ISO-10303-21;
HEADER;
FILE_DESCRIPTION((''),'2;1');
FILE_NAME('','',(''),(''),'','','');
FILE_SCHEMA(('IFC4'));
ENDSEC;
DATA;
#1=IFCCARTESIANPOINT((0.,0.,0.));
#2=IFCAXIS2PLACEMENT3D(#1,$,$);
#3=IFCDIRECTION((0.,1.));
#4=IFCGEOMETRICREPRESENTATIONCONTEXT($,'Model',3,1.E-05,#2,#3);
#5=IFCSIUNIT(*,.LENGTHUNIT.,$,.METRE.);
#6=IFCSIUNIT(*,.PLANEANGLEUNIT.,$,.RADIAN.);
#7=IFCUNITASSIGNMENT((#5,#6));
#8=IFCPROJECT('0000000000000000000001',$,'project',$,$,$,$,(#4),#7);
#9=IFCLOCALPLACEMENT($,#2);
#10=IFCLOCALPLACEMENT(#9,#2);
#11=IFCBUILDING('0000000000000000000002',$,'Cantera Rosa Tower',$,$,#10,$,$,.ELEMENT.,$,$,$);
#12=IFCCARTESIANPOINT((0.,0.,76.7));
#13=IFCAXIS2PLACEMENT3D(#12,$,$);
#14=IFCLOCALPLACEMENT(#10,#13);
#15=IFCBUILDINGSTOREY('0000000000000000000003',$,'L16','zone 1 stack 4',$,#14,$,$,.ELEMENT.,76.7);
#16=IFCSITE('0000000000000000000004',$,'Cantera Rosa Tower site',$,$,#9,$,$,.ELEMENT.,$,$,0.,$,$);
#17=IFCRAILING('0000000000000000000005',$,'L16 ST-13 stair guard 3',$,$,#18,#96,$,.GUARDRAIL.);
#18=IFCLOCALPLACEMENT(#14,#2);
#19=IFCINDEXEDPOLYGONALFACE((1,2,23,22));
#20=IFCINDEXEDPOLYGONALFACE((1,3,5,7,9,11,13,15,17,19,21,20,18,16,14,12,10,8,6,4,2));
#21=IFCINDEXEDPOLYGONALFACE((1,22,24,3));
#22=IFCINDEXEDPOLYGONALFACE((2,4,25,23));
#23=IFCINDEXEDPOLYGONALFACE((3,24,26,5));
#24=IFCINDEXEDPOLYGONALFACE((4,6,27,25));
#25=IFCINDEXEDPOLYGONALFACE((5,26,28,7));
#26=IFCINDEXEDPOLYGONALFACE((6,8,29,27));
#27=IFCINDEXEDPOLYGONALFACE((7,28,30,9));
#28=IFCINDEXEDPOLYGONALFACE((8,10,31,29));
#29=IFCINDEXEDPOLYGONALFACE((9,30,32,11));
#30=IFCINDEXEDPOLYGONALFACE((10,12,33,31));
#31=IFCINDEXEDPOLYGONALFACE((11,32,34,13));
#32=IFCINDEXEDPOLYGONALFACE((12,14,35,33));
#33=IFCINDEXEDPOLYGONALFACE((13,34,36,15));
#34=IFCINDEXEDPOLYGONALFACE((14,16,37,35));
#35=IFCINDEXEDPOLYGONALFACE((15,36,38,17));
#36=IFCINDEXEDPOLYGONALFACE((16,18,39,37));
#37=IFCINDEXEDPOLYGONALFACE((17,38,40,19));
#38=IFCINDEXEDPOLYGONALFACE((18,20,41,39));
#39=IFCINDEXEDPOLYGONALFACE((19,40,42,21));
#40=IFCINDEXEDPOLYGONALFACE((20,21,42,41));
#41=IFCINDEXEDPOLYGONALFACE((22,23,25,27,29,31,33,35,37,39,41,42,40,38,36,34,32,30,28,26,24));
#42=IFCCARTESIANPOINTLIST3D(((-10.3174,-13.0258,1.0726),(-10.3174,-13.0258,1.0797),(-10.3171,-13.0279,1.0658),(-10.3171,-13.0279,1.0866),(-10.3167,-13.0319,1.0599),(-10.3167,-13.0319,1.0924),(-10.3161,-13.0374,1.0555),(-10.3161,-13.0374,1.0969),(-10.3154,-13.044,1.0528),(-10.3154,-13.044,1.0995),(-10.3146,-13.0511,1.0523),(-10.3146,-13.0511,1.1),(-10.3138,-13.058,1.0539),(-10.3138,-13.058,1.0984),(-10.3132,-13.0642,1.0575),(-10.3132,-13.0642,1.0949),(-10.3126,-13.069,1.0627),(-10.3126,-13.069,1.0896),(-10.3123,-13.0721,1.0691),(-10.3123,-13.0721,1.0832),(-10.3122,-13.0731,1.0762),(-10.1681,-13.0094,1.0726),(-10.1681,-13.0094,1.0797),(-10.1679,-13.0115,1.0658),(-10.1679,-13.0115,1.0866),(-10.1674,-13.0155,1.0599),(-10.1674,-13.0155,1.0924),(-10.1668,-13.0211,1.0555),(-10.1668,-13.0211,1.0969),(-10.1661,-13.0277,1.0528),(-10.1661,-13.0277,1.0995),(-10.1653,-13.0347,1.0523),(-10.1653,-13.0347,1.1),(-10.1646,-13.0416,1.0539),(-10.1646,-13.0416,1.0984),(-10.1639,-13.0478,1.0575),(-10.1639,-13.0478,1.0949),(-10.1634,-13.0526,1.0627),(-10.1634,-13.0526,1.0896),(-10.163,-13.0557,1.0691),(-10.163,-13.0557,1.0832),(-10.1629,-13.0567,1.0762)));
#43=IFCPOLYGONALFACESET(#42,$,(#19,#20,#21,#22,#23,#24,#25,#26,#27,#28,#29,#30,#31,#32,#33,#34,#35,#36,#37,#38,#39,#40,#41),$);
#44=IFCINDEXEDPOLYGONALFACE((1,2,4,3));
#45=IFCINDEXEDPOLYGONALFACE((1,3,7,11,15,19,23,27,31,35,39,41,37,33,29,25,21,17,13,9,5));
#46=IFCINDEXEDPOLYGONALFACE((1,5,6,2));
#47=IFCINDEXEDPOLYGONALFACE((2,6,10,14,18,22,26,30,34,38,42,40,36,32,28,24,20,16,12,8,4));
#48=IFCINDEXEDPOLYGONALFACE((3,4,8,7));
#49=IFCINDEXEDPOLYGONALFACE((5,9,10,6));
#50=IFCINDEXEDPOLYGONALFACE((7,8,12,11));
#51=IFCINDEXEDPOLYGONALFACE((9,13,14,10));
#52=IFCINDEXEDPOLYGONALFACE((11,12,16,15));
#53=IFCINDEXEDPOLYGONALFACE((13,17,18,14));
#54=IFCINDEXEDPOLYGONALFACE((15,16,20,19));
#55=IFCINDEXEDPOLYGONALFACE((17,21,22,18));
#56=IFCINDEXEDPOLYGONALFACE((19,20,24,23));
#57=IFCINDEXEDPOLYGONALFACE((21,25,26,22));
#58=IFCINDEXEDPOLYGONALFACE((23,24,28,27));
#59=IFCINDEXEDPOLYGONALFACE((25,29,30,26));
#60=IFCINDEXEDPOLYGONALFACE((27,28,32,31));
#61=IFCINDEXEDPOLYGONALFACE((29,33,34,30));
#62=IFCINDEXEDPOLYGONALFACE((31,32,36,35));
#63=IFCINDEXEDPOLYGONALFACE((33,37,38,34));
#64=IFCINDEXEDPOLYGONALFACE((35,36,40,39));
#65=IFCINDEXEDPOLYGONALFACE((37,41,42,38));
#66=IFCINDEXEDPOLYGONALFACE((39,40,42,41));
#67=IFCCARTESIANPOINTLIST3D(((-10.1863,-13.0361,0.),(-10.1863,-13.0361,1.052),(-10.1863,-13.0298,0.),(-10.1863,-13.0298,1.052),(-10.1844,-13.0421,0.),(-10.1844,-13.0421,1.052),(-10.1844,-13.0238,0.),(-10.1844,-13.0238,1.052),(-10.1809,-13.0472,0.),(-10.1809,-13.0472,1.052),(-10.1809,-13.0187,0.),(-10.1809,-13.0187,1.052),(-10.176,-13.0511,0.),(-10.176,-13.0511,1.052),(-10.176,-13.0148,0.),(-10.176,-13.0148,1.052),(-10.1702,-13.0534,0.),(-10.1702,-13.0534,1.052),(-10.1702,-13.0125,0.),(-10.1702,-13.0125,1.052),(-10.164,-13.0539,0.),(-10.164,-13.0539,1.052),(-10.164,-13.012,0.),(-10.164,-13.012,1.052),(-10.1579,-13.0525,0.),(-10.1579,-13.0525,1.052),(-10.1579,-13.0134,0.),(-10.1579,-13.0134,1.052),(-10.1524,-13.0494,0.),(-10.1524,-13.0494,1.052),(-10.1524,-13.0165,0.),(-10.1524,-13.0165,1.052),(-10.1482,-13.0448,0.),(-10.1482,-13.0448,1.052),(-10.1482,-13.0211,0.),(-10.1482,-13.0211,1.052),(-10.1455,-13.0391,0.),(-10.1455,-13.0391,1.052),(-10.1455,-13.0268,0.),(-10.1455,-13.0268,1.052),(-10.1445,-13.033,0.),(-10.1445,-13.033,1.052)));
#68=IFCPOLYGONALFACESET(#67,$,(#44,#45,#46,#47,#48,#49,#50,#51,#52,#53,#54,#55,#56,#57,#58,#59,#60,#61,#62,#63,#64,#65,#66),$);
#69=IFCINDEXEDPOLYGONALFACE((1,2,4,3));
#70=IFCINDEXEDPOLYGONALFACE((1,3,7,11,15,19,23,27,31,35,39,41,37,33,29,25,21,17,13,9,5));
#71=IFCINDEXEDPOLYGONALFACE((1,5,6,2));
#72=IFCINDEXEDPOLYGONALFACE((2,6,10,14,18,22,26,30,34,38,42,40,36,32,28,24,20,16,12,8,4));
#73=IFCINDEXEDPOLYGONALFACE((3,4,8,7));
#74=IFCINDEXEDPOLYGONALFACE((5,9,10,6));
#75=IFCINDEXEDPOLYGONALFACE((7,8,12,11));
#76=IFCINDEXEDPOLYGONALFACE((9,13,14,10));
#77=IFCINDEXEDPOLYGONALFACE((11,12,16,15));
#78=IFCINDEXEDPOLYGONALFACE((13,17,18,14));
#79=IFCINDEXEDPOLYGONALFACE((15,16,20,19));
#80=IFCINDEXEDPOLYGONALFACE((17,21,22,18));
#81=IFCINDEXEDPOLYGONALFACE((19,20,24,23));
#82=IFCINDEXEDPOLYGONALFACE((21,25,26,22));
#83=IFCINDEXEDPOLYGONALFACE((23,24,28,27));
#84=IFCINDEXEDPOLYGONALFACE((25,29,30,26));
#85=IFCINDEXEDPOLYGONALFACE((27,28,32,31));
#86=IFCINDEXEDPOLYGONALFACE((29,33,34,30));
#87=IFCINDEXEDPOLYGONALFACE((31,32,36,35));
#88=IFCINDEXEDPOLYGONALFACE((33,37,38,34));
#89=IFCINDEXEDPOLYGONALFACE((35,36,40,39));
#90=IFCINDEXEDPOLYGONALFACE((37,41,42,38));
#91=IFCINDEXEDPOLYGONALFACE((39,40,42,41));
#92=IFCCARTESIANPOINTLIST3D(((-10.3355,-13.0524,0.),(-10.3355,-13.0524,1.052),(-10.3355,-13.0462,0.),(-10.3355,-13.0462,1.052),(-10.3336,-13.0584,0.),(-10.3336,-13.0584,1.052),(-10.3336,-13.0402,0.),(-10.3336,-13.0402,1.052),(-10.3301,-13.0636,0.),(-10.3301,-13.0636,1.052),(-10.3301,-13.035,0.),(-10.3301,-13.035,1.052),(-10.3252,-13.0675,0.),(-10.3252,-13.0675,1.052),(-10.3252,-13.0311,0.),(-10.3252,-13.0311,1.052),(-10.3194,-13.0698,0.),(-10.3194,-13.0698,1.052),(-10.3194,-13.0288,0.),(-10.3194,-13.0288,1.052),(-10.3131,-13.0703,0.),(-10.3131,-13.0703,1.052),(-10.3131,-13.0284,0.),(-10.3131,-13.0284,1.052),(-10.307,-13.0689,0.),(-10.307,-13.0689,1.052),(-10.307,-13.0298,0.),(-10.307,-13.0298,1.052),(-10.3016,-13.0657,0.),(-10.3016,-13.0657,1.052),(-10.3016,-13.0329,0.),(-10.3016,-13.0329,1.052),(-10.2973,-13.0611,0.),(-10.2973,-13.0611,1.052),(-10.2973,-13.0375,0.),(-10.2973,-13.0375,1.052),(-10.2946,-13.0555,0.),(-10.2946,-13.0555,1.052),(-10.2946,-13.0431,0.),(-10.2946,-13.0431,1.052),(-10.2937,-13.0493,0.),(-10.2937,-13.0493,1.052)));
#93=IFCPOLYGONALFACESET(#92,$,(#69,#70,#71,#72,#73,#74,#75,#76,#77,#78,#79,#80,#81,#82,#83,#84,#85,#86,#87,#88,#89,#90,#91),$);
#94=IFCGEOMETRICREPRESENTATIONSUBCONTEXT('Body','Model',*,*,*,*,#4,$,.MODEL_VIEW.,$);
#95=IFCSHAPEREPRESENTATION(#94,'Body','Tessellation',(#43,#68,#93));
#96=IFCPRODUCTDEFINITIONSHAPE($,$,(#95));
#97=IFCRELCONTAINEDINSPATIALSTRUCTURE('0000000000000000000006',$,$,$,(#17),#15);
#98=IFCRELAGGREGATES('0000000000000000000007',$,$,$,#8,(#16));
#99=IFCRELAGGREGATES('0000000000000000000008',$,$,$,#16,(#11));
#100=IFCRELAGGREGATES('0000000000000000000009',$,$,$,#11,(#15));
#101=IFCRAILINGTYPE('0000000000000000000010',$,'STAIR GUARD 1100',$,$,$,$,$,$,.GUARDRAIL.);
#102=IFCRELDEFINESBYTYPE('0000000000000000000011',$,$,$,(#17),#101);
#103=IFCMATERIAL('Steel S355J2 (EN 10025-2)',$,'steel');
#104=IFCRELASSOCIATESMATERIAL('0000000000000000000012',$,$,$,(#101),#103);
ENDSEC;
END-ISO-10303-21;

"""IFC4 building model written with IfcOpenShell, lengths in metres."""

from ifc_helpers import new_model, si_unit, direction, frame, origin, origin_2d, place, context, subcontext, project, spatial, circle, extrude, material, type_object, element, save


model = new_model("IFC4")

# Units and contexts
model_context = context("Model", 3, precision=1e-05, world=origin(), true_north=direction((0.0, 1.0)))
body_context = subcontext(model_context, "Body", "Model", "MODEL_VIEW")
ifc_project = project(units=[si_unit("LENGTHUNIT", "METRE"), si_unit("PLANEANGLEUNIT", "RADIAN")], contexts=[model_context])

# Site, building, storey
site_placement = place(None, origin())
site = spatial("IfcSite", under=ifc_project, at=site_placement, Name="Cantera Rosa Tower site", CompositionType="ELEMENT", RefElevation=0.0)
building_placement = place(site_placement, origin())
building = spatial("IfcBuilding", under=site, at=building_placement, Name="Cantera Rosa Tower", CompositionType="ELEMENT")
storey_placement = place(building_placement, frame((0.0, 0.0, 76.7)))
storey = spatial("IfcBuildingStorey", under=building, at=storey_placement, Name="L16", Description="zone 1 stack 4", CompositionType="ELEMENT", Elevation=76.7)

# Railing
ifc_material_1 = material(Name="Steel S355J2 (EN 10025-2)", Category="steel")
railing_type_1 = type_object("IfcRailingType", Name="STAIR GUARD 1100", PredefinedType="GUARDRAIL", material=ifc_material_1)
railing_1_placement = place(storey_placement, frame((-10.1655, -13.033, 0.0)))
element("IfcRailing", 1, at=railing_1_placement, inside=storey, type_object=railing_type_1, Name="L16 ST-13 stair guard 3", PredefinedType="GUARDRAIL", context=body_context, shape_type="SweptSolid", body=[
    extrude(circle(Radius=0.0239, at=origin_2d()), frame((0.0, 0.0, 1.0762), z_axis=(-0.994041, -0.109003, 0.0), x_axis=(0.109003, -0.994041, 0.0)), (0.0, 0.0, 1.0), 0.1501),
    extrude(circle(Radius=0.021, at=origin_2d()), origin(), (0.0, 0.0, 1.0), 1.052),
    extrude(circle(Radius=0.021, at=origin_2d()), frame((-0.1492, -0.0164, 0.0)), (0.0, 0.0, 1.0), 1.052),
])

save(model, "model.ifc")
